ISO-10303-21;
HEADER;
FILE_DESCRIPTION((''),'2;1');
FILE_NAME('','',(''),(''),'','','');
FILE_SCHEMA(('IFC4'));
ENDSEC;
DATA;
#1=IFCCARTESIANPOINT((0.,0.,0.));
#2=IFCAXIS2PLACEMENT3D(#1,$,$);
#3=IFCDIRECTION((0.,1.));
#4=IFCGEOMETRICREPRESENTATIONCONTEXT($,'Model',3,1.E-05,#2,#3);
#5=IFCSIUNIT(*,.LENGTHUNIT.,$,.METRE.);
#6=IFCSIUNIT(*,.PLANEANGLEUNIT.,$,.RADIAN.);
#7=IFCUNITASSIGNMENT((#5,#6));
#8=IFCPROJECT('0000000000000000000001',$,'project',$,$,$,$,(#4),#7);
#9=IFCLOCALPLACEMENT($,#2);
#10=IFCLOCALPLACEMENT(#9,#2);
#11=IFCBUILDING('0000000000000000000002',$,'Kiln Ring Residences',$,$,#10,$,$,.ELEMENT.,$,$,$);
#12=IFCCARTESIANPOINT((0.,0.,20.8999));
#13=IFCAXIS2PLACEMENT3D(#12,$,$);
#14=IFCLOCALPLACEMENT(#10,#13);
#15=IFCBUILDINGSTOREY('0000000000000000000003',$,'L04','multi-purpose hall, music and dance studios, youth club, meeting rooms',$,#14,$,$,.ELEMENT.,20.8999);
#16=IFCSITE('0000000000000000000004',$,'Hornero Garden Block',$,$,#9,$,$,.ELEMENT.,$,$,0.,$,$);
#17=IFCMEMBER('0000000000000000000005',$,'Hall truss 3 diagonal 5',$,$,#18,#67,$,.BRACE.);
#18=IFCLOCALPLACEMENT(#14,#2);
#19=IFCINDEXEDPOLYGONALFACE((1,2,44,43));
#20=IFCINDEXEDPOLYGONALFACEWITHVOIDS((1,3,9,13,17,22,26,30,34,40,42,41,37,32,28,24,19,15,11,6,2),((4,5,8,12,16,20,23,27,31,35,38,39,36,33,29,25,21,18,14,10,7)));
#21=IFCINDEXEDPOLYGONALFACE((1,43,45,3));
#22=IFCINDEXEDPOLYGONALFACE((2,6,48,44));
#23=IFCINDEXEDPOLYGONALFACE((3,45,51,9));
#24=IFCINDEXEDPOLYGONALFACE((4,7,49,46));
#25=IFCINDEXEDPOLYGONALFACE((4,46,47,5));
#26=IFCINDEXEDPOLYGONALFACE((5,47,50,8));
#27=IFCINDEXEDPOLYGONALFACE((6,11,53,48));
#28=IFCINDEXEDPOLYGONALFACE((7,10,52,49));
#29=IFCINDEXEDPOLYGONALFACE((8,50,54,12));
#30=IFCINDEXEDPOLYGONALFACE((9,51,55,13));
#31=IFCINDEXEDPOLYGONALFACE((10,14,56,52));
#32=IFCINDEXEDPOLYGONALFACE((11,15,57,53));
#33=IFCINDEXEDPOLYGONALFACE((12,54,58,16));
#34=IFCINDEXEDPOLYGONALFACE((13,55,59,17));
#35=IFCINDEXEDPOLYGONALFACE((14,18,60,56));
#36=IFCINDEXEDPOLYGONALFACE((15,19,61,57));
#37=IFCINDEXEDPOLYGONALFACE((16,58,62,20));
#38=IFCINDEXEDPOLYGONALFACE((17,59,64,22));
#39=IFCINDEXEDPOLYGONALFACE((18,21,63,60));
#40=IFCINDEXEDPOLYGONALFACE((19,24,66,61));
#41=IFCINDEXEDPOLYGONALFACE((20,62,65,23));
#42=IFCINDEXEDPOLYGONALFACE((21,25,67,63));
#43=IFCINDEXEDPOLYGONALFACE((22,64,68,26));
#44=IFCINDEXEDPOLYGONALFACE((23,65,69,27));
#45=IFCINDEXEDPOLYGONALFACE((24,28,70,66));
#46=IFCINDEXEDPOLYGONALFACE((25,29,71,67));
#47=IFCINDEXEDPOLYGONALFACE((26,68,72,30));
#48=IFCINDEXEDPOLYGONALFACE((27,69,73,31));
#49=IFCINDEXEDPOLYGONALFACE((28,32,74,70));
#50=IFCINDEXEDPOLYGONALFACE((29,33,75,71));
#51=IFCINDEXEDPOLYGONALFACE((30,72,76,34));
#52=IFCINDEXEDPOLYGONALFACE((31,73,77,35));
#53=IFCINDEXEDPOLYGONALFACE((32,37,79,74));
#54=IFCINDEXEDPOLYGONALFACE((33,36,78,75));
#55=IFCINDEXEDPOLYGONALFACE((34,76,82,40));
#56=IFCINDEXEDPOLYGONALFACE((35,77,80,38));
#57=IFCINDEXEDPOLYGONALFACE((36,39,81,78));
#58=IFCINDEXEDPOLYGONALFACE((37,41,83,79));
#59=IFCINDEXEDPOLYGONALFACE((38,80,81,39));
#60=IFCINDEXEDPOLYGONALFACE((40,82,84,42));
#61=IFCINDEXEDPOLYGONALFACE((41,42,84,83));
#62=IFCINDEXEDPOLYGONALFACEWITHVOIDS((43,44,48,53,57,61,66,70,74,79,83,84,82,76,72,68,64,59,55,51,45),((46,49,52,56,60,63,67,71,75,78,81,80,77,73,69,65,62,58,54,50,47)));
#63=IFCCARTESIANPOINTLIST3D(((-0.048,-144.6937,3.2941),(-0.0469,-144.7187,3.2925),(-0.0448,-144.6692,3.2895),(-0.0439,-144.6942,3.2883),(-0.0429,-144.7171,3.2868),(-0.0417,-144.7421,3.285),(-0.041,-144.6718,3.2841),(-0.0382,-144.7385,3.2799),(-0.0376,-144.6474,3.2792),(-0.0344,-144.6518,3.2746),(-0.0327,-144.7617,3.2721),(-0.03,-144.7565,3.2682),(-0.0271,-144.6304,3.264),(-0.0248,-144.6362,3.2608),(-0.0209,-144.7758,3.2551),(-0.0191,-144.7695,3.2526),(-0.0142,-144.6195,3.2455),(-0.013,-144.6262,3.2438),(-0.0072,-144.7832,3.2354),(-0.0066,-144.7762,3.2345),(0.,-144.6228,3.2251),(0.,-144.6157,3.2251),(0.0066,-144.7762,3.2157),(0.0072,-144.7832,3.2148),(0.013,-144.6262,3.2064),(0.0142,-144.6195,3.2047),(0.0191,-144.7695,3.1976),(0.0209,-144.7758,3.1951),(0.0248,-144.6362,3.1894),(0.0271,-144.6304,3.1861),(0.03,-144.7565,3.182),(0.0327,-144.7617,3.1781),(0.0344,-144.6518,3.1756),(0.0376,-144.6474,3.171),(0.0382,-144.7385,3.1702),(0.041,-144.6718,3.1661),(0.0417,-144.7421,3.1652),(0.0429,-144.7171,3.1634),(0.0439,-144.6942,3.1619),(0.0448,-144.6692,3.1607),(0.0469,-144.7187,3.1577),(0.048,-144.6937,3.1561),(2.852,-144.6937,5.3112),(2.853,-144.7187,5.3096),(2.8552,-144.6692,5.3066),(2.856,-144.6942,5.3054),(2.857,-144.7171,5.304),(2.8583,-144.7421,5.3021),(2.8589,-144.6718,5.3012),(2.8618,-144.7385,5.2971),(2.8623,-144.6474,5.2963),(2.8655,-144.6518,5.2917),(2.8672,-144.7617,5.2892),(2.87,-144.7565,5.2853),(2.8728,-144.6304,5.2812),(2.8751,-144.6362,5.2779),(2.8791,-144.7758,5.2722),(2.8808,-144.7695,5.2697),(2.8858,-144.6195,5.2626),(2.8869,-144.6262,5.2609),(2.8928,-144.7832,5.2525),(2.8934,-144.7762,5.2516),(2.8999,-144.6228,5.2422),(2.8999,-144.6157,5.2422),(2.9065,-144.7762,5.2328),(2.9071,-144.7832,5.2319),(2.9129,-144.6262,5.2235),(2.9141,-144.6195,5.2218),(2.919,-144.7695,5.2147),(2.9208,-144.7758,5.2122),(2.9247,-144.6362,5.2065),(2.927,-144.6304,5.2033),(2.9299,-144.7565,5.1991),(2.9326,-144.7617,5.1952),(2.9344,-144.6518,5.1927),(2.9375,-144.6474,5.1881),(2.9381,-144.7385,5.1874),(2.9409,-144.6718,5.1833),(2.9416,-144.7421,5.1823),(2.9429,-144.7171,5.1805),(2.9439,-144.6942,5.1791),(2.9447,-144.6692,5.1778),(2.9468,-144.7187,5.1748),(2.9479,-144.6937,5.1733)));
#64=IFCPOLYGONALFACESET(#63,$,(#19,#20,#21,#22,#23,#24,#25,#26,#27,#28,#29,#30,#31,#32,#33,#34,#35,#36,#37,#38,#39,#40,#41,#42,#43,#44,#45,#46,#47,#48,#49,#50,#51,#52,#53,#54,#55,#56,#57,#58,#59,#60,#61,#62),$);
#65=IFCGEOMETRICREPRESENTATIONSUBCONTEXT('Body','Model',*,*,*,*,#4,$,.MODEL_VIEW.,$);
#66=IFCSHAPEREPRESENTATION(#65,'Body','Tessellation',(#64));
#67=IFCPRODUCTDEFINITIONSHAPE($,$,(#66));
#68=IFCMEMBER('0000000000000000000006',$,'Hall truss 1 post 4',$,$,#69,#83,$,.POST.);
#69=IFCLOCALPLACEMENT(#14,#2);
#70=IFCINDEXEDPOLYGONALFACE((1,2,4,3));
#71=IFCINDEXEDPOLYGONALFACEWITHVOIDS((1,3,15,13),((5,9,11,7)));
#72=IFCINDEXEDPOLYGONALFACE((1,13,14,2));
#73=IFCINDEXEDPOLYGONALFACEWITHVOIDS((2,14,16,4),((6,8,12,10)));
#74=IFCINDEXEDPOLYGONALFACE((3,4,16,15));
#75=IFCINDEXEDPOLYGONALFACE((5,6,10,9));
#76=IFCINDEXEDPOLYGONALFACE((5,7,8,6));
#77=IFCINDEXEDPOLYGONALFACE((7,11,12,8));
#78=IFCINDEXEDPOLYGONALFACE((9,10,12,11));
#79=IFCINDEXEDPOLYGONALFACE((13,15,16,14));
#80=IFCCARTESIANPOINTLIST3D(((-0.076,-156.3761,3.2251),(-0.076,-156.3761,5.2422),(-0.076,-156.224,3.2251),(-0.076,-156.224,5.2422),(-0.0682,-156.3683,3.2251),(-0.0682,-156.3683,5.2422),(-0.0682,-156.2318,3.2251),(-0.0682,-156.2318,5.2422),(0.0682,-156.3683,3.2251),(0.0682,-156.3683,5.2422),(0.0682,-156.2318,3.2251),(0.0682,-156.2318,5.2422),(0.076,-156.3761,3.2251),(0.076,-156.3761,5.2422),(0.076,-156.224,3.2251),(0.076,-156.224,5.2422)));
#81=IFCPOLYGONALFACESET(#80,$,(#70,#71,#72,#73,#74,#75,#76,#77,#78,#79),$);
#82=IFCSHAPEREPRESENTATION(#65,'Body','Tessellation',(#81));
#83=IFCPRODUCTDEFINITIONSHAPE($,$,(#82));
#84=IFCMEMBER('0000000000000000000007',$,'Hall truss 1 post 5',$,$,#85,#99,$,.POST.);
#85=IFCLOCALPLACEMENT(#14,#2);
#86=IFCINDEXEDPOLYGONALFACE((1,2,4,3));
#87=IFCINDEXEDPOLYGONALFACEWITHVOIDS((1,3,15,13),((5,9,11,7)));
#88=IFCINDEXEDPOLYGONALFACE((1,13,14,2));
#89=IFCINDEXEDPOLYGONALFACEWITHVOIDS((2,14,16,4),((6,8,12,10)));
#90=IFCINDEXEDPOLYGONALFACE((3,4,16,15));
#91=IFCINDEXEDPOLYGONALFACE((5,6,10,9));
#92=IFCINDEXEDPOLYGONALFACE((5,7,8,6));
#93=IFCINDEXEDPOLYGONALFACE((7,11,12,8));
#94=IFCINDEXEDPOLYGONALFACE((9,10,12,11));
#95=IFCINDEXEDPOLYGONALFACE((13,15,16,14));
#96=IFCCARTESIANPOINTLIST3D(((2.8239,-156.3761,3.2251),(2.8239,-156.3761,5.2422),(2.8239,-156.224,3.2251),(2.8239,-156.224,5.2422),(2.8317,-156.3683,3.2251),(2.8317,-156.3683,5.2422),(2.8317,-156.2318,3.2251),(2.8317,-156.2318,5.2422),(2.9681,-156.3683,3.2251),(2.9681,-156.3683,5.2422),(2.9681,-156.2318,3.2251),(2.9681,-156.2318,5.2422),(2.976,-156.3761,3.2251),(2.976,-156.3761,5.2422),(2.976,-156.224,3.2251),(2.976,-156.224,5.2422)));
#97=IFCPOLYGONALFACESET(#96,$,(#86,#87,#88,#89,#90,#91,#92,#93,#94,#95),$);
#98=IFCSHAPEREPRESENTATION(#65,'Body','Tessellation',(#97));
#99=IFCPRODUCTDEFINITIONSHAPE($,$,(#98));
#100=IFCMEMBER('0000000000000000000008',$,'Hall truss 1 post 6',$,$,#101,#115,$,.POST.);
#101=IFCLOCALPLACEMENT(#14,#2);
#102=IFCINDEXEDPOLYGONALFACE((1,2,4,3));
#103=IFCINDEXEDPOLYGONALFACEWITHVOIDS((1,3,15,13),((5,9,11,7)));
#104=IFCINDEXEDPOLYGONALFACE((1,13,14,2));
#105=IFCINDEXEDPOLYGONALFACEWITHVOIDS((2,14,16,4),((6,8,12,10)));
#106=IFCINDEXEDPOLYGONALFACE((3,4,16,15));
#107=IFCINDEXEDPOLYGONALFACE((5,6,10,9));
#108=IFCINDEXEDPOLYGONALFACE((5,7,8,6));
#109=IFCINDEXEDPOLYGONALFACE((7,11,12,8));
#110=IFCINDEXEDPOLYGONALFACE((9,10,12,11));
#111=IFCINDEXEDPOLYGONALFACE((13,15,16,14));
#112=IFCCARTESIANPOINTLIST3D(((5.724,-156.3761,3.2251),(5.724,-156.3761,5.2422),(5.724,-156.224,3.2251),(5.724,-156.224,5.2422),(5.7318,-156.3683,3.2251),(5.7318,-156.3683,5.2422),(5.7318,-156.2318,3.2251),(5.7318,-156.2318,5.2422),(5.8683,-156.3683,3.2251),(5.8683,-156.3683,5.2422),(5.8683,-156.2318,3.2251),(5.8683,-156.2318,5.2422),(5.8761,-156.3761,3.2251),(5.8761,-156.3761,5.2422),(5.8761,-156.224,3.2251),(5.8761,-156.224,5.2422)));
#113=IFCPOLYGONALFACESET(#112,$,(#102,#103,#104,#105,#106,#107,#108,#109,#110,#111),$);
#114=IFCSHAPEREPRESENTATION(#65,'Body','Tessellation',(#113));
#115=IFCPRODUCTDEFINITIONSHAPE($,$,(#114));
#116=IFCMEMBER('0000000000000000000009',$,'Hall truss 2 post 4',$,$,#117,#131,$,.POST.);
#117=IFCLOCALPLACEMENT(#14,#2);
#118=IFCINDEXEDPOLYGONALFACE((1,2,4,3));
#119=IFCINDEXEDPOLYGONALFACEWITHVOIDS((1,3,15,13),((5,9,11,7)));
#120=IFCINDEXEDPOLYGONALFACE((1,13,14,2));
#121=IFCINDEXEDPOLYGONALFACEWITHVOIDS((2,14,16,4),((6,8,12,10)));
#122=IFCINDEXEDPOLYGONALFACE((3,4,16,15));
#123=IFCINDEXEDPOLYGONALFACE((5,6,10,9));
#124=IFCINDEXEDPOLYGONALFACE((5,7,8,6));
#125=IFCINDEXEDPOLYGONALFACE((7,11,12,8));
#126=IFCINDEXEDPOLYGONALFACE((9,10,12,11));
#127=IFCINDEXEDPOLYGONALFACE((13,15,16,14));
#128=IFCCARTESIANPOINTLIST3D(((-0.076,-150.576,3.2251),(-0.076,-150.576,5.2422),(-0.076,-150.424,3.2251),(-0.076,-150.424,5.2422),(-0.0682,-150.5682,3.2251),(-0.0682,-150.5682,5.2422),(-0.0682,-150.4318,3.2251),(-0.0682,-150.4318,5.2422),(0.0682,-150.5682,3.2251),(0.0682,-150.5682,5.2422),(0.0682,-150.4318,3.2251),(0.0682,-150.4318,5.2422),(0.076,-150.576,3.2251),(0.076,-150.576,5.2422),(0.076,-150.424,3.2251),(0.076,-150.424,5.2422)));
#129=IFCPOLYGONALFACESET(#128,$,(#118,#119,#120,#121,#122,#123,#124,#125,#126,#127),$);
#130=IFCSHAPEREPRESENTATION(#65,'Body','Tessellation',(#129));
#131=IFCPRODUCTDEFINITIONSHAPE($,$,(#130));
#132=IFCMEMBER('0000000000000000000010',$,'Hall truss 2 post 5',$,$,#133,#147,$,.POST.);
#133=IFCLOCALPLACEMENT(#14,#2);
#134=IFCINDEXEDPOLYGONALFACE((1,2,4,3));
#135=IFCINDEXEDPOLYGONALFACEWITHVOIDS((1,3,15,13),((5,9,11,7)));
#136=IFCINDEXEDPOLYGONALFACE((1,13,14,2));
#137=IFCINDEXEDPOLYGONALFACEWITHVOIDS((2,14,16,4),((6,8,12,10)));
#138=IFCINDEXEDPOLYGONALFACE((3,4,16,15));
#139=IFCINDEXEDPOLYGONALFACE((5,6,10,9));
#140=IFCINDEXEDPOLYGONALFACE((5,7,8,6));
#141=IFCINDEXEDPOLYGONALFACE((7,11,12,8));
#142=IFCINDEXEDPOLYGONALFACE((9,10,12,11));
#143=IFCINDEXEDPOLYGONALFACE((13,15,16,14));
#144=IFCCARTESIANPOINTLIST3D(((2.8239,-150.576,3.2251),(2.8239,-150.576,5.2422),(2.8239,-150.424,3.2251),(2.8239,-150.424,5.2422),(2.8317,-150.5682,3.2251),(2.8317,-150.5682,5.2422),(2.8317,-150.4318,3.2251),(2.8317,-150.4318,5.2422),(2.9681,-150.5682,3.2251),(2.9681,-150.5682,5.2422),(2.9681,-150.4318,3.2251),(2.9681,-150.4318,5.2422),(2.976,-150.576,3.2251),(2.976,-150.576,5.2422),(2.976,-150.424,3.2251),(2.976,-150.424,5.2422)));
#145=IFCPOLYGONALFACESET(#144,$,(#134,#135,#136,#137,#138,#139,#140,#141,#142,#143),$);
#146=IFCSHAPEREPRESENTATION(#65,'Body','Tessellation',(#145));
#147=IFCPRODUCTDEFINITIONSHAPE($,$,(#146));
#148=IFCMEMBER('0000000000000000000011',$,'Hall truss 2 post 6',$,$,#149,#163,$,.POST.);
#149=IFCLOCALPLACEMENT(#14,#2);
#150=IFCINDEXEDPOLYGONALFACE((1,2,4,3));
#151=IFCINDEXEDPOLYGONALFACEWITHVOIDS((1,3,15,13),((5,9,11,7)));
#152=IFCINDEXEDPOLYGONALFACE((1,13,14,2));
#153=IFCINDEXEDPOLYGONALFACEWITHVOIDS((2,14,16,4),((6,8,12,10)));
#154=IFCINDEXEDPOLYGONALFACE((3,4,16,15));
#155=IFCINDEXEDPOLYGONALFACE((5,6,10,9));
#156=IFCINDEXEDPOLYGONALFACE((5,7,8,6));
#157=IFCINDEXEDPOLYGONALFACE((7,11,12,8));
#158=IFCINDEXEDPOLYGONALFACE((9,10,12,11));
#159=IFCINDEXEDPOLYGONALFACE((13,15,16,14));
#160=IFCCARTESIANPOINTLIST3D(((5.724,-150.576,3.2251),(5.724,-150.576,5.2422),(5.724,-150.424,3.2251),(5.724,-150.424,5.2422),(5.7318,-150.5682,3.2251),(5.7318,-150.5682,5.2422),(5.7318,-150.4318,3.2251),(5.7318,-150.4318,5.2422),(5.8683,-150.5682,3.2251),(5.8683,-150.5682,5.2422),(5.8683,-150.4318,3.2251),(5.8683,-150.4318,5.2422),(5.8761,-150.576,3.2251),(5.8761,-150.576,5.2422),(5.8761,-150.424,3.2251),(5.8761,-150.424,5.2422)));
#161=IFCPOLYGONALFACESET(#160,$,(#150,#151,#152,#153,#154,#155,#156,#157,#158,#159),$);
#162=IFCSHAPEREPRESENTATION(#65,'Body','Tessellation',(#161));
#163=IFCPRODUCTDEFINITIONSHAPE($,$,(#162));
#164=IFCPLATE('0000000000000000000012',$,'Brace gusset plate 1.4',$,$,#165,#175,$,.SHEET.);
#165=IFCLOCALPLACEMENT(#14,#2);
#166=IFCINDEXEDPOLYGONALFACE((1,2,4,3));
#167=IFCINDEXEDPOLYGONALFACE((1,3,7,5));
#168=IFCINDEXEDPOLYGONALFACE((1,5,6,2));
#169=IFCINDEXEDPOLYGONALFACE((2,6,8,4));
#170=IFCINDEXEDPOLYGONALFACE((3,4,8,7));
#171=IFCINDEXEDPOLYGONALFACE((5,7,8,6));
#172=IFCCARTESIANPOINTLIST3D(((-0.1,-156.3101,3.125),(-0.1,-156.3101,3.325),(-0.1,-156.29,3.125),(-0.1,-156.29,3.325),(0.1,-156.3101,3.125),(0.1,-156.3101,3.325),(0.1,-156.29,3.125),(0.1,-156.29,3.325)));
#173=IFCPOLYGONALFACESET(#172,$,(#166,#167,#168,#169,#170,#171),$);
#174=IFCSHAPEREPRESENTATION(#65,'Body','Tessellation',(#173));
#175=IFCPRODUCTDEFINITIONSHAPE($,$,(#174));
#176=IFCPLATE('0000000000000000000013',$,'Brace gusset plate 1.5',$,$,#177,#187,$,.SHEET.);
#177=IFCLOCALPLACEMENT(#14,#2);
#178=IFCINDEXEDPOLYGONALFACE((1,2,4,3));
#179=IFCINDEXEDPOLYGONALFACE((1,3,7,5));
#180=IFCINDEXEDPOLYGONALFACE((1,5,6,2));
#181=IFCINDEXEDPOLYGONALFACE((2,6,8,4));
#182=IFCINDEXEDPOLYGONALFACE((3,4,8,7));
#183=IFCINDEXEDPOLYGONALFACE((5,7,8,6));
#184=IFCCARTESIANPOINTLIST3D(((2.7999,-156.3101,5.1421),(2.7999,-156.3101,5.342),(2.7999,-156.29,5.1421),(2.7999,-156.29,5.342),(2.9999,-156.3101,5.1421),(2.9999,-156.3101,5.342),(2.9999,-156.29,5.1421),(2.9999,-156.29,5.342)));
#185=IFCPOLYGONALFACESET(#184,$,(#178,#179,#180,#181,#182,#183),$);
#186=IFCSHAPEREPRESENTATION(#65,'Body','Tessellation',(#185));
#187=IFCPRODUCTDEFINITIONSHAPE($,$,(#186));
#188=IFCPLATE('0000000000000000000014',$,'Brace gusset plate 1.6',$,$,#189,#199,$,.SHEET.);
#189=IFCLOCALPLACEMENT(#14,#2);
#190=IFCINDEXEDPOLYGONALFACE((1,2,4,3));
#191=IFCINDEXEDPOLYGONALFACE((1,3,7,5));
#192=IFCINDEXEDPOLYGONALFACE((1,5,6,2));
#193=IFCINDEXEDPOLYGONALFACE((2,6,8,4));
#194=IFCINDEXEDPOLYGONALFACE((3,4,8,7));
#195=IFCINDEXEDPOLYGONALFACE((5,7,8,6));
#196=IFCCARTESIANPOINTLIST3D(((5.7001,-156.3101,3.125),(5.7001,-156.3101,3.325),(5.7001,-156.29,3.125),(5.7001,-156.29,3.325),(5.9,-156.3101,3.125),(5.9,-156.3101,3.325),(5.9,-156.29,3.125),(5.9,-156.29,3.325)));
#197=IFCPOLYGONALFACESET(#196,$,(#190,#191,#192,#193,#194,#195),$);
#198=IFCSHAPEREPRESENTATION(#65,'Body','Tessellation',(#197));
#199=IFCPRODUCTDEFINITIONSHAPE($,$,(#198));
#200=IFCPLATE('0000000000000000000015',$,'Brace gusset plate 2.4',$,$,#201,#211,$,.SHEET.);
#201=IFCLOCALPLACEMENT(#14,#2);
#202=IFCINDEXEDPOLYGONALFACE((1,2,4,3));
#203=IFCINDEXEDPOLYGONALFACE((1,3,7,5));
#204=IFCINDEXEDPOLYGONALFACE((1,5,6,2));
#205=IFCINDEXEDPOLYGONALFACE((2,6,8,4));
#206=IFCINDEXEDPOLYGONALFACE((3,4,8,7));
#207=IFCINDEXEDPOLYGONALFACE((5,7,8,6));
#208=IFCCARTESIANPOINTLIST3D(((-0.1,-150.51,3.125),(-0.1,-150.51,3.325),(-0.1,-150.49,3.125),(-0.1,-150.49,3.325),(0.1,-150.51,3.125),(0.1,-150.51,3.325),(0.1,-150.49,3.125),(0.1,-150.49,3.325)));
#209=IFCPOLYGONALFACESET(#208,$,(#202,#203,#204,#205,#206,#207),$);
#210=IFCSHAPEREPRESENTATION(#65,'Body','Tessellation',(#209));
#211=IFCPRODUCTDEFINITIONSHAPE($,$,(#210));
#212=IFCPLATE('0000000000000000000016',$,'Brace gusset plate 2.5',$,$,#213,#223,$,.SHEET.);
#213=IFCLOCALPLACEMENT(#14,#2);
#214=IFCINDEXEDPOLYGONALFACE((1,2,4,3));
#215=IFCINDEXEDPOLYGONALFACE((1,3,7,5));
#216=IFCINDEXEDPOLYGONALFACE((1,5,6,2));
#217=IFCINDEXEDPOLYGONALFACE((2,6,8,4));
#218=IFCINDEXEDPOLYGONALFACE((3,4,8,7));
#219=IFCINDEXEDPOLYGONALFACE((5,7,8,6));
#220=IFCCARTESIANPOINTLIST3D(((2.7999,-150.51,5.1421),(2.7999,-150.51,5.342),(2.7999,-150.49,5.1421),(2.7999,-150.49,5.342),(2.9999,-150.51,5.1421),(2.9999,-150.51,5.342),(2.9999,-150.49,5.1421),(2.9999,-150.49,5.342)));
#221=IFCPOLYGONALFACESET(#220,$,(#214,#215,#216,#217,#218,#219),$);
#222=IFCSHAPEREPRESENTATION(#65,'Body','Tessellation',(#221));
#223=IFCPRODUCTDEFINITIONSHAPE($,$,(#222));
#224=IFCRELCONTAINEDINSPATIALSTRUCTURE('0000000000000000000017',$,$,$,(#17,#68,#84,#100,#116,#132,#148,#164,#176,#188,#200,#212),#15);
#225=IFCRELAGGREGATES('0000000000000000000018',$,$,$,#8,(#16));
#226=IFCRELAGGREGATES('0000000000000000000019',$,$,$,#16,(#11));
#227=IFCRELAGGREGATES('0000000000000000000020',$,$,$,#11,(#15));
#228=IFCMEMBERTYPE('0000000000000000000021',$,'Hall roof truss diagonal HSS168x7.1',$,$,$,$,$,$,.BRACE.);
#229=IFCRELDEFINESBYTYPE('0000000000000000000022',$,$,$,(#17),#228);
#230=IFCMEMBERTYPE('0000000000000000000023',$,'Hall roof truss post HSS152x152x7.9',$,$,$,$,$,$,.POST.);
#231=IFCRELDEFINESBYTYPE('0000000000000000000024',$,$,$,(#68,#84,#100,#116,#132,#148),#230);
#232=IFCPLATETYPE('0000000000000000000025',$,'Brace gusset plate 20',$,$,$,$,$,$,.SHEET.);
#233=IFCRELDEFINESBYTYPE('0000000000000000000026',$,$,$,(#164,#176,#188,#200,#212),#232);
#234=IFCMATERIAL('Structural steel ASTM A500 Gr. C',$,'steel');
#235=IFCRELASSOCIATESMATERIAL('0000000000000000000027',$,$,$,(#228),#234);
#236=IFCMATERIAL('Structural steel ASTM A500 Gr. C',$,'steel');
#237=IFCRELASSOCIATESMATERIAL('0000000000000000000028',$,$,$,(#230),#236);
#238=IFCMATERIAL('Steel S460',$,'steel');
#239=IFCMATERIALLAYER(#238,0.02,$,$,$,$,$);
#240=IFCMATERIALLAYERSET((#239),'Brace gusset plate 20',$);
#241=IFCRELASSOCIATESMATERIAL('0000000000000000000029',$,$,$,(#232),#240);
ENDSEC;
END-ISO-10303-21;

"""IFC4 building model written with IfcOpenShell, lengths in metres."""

from ifc_helpers import new_model, si_unit, direction, frame, origin, origin_2d, place, context, subcontext, project, spatial, rectangle, hollow_rectangle, hollow_circle, extrude, material, layer, layer_set, material_profile, profile_set, type_object, element, save


model = new_model("IFC4")

# Units and contexts
model_context = context("Model", 3, precision=1e-05, world=origin(), true_north=direction((0.0, 1.0)))
body_context = subcontext(model_context, "Body", "Model", "MODEL_VIEW")
ifc_project = project(units=[si_unit("LENGTHUNIT", "METRE"), si_unit("PLANEANGLEUNIT", "RADIAN")], contexts=[model_context])

# Site, building, storey
site_placement = place(None, origin())
site = spatial("IfcSite", under=ifc_project, at=site_placement, Name="Hornero Garden Block", CompositionType="ELEMENT", RefElevation=0.0)
building_placement = place(site_placement, origin())
building = spatial("IfcBuilding", under=site, at=building_placement, Name="Kiln Ring Residences", CompositionType="ELEMENT")
storey_placement = place(building_placement, frame((0.0, 0.0, 20.8999)))
storey = spatial("IfcBuildingStorey", under=building, at=storey_placement, Name="L04", Description="multi-purpose hall, music and dance studios, youth club, meeting rooms", CompositionType="ELEMENT", Elevation=20.8999)

# Members
ifc_material_1 = material(Name="Structural steel ASTM A500 Gr. C", Category="steel")
ifc_material_profile_1 = material_profile(ifc_material_1, hollow_circle(Radius=0.0842, WallThickness=0.0071, at=origin_2d()), Name="HSS168x7.1")
ifc_profile_set_1 = profile_set([ifc_material_profile_1], Name="Structural steel ASTM A500 Gr. C")
member_type_1 = type_object("IfcMemberType", Name="Hall roof truss diagonal HSS168x7.1", PredefinedType="BRACE", material=ifc_profile_set_1)
for number, where, z_axis, x_axis, name in (
    (1, (0.0, -144.7, 3.2251), (0.820936, 0.0, 0.57102), (0.0, 1.0, 0.0), "Hall truss 3 diagonal 5"),
):
    element("IfcMember", number, at=place(storey_placement, frame(where, z_axis=z_axis, x_axis=x_axis)), inside=storey, type_object=member_type_1, Name=name, PredefinedType="BRACE", context=body_context, shape_type="SweptSolid", body=[
        extrude(hollow_circle(Radius=0.0842, WallThickness=0.0071, at=origin_2d()), origin(), (0.0, 0.0, 1.0), 3.5325),
    ])
ifc_material_2 = material(Name="Structural steel ASTM A500 Gr. C", Category="steel")
ifc_material_profile_2 = material_profile(ifc_material_2, hollow_rectangle(XDim=0.1521, YDim=0.1521, WallThickness=0.0078, at=origin_2d()), Name="HSS152x152x7.9")
ifc_profile_set_2 = profile_set([ifc_material_profile_2], Name="Structural steel ASTM A500 Gr. C")
member_type_2 = type_object("IfcMemberType", Name="Hall roof truss post HSS152x152x7.9", PredefinedType="POST", material=ifc_profile_set_2)
for number, where, z_axis, x_axis, name in (
    (2, (0.0, -156.3, 3.2251), (0.0, 0.0, 1.0), (1.0, 0.0, 0.0), "Hall truss 1 post 4"),
    (3, (2.8999, -156.3, 3.2251), (0.0, 0.0, 1.0), (1.0, 0.0, 0.0), "Hall truss 1 post 5"),
    (4, (5.8, -156.3, 3.2251), (0.0, 0.0, 1.0), (1.0, 0.0, 0.0), "Hall truss 1 post 6"),
    (5, (0.0, -150.5, 3.2251), (0.0, 0.0, 1.0), (1.0, 0.0, 0.0), "Hall truss 2 post 4"),
    (6, (2.8999, -150.5, 3.2251), (0.0, 0.0, 1.0), (1.0, 0.0, 0.0), "Hall truss 2 post 5"),
    (7, (5.8, -150.5, 3.2251), (0.0, 0.0, 1.0), (1.0, 0.0, 0.0), "Hall truss 2 post 6"),
):
    element("IfcMember", number, at=place(storey_placement, frame(where, z_axis=z_axis, x_axis=x_axis)), inside=storey, type_object=member_type_2, Name=name, PredefinedType="POST", context=body_context, shape_type="SweptSolid", body=[
        extrude(hollow_rectangle(XDim=0.1521, YDim=0.1521, WallThickness=0.0078, at=origin_2d()), origin(), (0.0, 0.0, 1.0), 2.0171),
    ])

# Plates
ifc_material_3 = material(Name="Steel S460", Category="steel")
ifc_layer = layer(ifc_material_3, 0.02)
ifc_layer_set = layer_set([ifc_layer], Name="Brace gusset plate 20")
plate_type = type_object("IfcPlateType", Name="Brace gusset plate 20", PredefinedType="SHEET", material=ifc_layer_set)
for number, where, z_axis, x_axis, name in (
    (8, (0.0, -156.3, 3.125), (0.0, 0.0, 1.0), (1.0, 0.0, 0.0), "Brace gusset plate 1.4"),
    (9, (2.8999, -156.3, 5.1421), (0.0, 0.0, 1.0), (1.0, 0.0, 0.0), "Brace gusset plate 1.5"),
    (10, (5.8, -156.3, 3.125), (0.0, 0.0, 1.0), (1.0, 0.0, 0.0), "Brace gusset plate 1.6"),
    (11, (0.0, -150.5, 3.125), (0.0, 0.0, 1.0), (1.0, 0.0, 0.0), "Brace gusset plate 2.4"),
    (12, (2.8999, -150.5, 5.1421), (0.0, 0.0, 1.0), (1.0, 0.0, 0.0), "Brace gusset plate 2.5"),
):
    element("IfcPlate", number, at=place(storey_placement, frame(where, z_axis=z_axis, x_axis=x_axis)), inside=storey, type_object=plate_type, Name=name, PredefinedType="SHEET", context=body_context, shape_type="SweptSolid", body=[
        extrude(rectangle(XDim=0.2, YDim=0.02, at=origin_2d()), origin(), (0.0, 0.0, 1.0), 0.2),
    ])

save(model, "model.ifc")
